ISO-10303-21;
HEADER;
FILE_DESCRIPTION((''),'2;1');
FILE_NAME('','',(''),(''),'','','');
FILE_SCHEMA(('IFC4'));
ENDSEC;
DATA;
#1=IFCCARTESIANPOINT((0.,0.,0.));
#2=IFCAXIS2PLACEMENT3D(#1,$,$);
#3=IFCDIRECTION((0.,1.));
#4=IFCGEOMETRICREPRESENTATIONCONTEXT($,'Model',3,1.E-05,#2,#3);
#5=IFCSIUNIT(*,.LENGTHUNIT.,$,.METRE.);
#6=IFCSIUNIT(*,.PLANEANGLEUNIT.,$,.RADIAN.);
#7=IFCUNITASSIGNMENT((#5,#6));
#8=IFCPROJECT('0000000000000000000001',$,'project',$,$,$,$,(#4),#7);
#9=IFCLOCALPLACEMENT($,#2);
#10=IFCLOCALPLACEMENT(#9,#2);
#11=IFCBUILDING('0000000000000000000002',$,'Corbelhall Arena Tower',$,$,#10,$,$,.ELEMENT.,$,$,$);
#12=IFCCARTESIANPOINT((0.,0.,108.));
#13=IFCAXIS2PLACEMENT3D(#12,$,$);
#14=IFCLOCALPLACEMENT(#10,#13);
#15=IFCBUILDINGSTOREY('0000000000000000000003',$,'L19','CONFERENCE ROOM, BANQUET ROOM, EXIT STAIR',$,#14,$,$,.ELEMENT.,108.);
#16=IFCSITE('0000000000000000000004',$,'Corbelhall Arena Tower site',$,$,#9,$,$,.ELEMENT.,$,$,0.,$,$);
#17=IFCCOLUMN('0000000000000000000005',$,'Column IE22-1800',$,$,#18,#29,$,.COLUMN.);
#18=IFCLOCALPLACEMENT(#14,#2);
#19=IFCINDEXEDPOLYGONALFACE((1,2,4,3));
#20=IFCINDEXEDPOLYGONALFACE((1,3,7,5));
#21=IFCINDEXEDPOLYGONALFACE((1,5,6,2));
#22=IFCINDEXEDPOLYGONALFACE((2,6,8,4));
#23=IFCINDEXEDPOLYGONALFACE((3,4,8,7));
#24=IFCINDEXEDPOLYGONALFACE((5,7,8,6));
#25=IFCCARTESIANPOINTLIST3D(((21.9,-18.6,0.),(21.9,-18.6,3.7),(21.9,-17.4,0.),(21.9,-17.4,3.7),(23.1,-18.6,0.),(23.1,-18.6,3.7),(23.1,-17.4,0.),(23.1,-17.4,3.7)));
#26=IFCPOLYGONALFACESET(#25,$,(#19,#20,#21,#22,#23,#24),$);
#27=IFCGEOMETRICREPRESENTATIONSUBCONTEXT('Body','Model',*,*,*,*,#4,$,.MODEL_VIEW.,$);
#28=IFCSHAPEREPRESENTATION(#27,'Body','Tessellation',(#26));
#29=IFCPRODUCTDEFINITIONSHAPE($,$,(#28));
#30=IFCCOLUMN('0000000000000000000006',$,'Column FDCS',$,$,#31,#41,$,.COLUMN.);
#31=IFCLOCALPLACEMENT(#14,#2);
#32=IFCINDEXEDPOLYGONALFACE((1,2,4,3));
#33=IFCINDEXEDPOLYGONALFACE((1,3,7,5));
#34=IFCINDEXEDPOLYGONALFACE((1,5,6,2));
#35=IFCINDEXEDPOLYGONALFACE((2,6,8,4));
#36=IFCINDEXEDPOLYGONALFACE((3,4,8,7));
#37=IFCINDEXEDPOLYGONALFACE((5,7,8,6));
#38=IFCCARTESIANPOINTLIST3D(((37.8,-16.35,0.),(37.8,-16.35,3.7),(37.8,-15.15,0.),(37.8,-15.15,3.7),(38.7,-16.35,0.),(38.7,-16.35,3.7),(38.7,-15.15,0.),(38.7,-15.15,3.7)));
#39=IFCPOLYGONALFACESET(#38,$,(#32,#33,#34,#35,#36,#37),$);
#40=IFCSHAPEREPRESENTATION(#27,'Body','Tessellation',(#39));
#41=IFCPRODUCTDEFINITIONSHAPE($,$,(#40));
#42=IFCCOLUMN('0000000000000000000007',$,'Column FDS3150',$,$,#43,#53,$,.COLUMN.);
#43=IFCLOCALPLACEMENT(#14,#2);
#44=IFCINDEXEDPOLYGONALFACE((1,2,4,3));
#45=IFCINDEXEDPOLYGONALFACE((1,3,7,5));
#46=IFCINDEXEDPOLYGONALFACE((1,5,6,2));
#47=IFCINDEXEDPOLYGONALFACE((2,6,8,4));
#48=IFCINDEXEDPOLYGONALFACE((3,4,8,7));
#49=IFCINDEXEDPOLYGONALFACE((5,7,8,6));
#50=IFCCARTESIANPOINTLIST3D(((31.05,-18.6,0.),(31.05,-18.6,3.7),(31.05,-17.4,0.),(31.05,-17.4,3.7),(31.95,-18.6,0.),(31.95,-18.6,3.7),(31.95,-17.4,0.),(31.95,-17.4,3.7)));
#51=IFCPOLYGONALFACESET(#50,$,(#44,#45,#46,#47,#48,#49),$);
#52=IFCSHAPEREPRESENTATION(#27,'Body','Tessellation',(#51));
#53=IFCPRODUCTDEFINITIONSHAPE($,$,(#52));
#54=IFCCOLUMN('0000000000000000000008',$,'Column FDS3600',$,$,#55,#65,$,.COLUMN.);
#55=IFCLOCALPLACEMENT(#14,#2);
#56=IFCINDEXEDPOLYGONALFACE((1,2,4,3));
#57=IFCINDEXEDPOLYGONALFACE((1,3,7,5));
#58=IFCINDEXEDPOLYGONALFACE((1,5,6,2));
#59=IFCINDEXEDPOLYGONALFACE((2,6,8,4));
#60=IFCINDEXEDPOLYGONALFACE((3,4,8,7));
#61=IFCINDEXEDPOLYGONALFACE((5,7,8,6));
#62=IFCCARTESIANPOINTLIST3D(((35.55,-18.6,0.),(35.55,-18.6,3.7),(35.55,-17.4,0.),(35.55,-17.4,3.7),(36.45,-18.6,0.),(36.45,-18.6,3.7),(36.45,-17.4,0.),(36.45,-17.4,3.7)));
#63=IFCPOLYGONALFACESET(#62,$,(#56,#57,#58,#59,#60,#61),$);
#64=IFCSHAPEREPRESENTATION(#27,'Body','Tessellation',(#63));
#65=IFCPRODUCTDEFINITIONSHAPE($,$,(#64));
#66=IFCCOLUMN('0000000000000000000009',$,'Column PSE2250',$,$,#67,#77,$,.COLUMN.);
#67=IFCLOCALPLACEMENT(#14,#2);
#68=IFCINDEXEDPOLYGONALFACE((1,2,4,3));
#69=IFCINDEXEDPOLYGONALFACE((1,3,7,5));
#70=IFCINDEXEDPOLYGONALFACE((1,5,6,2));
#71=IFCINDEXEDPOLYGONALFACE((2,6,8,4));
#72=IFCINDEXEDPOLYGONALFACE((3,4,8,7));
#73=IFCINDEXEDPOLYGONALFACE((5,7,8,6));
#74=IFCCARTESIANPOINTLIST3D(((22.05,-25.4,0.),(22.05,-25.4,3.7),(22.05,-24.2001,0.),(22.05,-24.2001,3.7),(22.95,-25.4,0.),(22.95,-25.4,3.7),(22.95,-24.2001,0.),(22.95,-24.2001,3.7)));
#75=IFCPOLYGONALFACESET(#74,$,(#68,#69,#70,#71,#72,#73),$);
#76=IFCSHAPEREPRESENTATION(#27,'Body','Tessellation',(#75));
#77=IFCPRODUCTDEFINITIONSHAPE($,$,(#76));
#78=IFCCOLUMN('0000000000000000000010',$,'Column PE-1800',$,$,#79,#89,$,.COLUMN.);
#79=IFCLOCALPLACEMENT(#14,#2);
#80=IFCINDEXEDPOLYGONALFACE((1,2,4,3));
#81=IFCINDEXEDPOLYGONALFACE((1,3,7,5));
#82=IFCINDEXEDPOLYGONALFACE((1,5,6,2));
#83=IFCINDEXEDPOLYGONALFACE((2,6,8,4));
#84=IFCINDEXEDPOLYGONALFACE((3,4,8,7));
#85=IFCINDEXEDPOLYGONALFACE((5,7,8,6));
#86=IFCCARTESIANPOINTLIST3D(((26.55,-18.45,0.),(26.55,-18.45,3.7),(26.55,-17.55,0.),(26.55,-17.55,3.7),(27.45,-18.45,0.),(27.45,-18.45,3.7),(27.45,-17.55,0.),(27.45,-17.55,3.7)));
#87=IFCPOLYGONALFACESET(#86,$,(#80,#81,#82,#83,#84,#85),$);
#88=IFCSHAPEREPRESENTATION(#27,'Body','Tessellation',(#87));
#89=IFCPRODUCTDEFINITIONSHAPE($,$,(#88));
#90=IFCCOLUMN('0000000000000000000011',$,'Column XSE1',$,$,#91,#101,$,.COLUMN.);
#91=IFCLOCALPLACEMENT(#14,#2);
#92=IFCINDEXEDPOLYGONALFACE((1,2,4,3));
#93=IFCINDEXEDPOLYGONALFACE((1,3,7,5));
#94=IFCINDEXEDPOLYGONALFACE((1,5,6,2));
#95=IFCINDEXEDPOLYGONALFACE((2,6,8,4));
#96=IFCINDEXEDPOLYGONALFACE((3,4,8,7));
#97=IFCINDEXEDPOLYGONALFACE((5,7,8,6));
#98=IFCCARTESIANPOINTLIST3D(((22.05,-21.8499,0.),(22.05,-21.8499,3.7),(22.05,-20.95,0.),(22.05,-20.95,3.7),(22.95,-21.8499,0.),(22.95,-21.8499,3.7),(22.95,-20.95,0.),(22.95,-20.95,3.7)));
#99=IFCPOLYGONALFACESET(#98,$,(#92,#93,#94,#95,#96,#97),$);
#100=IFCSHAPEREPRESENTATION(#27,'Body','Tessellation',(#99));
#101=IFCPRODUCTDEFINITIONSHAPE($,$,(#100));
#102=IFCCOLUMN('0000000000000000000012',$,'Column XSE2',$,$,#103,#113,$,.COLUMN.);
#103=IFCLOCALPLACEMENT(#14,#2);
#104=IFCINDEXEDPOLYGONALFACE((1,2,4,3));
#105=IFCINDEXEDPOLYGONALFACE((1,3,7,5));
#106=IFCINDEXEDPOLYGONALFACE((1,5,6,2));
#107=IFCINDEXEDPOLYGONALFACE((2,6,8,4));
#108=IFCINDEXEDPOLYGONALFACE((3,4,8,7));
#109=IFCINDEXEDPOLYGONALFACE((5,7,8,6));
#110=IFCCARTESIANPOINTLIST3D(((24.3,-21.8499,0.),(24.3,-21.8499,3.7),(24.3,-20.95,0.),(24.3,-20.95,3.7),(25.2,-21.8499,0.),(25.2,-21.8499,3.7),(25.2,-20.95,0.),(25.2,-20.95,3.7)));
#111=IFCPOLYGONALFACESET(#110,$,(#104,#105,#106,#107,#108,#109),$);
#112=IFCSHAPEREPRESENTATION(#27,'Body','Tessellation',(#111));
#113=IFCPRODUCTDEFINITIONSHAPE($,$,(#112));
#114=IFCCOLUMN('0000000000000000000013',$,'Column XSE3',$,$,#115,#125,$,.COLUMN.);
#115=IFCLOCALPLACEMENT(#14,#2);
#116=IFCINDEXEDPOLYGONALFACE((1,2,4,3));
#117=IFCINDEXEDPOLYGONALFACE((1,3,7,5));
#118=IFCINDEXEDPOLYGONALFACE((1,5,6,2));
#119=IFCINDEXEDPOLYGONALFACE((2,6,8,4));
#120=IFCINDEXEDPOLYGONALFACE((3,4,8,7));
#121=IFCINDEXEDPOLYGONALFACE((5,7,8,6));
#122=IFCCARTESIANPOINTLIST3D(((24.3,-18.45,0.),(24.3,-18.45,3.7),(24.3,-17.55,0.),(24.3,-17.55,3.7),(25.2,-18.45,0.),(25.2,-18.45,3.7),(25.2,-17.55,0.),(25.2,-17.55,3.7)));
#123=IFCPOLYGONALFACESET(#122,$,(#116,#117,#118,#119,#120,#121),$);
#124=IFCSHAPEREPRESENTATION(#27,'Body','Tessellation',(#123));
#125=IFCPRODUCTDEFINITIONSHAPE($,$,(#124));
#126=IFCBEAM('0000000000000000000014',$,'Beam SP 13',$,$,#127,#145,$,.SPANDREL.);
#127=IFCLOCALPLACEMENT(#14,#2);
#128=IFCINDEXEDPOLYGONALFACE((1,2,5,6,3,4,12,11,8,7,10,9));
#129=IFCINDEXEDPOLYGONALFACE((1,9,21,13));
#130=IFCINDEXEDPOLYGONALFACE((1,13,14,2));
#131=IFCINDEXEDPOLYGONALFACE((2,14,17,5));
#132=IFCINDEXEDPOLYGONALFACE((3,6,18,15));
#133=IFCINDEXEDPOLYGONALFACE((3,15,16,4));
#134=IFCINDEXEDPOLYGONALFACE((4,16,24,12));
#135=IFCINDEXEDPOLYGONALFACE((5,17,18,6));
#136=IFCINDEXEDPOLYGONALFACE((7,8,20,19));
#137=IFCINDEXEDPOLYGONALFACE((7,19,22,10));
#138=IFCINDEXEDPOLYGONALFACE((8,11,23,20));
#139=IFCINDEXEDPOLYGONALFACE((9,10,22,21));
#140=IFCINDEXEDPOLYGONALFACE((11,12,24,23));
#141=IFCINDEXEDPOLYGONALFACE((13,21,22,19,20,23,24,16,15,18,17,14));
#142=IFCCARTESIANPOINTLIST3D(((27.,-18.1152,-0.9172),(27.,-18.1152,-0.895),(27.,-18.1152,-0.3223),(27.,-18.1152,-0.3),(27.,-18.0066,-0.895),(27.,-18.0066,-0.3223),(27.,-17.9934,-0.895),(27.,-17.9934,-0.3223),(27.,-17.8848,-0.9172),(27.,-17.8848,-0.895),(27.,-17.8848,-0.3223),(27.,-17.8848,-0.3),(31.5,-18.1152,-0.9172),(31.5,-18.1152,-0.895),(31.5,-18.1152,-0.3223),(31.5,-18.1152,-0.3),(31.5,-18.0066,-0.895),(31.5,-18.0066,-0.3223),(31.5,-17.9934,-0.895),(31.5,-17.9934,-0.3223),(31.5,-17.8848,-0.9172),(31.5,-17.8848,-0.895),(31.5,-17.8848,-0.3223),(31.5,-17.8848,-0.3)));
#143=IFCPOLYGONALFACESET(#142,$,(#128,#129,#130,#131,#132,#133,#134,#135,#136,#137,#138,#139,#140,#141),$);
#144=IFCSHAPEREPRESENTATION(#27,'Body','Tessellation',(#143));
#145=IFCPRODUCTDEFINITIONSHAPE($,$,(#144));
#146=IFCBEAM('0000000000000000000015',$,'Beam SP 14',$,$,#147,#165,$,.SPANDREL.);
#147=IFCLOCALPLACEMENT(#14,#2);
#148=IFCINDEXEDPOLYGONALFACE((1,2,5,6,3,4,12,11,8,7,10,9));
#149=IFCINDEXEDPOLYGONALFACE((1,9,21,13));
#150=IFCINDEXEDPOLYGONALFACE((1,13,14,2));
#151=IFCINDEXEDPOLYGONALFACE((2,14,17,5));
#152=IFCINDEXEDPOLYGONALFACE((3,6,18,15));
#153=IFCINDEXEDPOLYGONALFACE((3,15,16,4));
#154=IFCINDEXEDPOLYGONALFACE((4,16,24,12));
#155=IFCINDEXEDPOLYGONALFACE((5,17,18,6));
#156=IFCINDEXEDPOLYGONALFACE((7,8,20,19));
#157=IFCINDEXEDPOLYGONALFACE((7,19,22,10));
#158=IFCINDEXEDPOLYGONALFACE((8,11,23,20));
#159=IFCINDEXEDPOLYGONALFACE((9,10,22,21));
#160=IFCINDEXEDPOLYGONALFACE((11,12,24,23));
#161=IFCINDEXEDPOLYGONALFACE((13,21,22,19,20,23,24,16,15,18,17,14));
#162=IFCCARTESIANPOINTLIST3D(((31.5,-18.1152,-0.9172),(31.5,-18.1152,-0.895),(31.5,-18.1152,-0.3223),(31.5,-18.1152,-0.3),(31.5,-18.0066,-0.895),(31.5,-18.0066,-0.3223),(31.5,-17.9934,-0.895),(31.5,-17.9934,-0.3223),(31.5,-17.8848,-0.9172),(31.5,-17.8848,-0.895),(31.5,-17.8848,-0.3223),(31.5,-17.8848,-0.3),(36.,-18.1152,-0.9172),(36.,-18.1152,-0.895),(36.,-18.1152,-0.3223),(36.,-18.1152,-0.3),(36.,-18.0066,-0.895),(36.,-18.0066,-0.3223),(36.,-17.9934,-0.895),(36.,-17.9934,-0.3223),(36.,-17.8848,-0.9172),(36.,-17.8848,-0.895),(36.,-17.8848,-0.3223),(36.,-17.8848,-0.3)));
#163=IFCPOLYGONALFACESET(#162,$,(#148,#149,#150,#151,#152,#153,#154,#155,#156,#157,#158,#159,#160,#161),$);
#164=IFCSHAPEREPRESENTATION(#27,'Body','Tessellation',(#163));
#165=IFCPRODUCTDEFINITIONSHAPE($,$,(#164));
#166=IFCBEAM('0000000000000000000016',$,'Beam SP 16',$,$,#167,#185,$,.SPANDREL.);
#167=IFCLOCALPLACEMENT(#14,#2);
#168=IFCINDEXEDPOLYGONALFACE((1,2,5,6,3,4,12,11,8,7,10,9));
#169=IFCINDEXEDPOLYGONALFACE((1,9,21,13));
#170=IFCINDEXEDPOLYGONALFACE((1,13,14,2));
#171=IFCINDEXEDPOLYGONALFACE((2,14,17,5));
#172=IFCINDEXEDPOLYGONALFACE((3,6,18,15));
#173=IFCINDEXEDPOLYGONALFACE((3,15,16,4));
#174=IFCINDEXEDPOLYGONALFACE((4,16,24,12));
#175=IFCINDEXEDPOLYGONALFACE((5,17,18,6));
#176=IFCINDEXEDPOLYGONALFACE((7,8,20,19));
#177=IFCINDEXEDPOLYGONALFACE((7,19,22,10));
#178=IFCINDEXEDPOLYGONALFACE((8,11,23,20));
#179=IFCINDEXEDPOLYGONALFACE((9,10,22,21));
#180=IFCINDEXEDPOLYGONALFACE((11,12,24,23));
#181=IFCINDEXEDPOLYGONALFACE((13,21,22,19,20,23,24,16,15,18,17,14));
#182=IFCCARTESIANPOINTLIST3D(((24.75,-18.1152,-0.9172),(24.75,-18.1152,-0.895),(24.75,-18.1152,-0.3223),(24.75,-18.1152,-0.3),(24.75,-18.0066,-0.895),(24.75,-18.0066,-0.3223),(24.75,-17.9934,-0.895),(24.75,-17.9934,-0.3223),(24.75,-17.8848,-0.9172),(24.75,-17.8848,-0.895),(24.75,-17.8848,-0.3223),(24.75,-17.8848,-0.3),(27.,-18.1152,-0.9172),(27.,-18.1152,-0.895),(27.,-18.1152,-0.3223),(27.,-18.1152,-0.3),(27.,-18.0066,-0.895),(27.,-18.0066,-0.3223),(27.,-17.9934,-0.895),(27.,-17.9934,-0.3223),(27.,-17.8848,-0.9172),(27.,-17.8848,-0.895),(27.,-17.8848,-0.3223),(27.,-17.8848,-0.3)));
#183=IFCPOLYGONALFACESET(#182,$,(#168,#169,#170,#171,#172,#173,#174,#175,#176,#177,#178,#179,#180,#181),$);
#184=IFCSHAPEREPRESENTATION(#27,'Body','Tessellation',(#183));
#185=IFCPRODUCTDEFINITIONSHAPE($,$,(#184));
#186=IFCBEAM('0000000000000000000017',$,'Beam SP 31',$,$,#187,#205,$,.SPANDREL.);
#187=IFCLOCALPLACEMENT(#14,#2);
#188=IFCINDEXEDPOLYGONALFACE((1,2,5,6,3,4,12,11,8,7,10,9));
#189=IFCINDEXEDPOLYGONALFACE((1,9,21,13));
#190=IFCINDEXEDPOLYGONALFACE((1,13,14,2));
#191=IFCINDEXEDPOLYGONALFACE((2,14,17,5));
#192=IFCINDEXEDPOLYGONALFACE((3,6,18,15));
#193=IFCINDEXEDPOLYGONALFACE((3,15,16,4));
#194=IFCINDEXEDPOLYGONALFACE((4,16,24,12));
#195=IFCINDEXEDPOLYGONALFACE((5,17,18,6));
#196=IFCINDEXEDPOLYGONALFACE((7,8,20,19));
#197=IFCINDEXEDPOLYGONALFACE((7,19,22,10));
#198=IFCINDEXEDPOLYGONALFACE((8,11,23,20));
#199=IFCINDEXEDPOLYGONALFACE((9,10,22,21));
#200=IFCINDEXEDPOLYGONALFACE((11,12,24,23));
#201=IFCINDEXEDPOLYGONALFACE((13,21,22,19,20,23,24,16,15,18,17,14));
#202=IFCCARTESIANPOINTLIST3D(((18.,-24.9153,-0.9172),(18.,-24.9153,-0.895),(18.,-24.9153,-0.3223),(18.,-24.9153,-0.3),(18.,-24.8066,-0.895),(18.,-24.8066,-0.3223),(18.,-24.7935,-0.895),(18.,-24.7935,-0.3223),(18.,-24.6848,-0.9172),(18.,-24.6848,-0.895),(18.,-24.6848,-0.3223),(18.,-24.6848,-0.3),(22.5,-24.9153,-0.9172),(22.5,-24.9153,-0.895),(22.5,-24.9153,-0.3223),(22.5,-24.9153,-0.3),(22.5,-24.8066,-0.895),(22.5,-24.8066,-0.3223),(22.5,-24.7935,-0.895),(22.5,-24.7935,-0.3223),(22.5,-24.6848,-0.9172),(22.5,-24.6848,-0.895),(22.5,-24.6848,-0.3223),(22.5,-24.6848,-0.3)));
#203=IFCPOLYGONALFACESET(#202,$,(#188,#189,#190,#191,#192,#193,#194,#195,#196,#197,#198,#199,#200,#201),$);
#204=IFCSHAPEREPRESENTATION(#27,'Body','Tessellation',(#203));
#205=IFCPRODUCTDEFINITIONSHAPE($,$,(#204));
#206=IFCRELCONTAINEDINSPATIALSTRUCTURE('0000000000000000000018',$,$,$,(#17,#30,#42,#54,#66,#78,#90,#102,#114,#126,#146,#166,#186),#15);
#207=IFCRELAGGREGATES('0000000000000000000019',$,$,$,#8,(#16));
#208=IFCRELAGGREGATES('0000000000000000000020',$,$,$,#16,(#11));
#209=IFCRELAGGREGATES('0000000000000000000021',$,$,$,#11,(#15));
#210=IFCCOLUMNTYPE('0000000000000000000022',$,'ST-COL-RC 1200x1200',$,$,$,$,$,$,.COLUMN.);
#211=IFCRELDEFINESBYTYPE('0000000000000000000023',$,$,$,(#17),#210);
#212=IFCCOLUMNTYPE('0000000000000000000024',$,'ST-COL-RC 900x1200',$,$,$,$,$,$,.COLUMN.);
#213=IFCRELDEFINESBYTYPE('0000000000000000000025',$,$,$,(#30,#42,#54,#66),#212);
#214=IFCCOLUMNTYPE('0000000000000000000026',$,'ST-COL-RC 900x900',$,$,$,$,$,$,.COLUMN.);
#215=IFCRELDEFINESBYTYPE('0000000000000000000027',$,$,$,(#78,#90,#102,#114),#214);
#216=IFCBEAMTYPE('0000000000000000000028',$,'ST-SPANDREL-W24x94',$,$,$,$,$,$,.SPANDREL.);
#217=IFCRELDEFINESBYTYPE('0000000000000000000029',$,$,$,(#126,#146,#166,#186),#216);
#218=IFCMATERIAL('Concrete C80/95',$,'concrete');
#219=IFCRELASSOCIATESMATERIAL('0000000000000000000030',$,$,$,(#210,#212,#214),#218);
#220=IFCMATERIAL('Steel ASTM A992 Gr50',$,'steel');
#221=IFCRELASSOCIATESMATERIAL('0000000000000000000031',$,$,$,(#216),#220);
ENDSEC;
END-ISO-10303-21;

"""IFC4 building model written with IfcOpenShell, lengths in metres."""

from ifc_helpers import new_model, si_unit, direction, frame, origin, origin_2d, place, context, subcontext, project, spatial, rectangle, i_section, extrude, material, material_profile, profile_set, type_object, element, save


model = new_model("IFC4")

# Units and contexts
model_context = context("Model", 3, precision=1e-05, world=origin(), true_north=direction((0.0, 1.0)))
body_context = subcontext(model_context, "Body", "Model", "MODEL_VIEW")
ifc_project = project(units=[si_unit("LENGTHUNIT", "METRE"), si_unit("PLANEANGLEUNIT", "RADIAN")], contexts=[model_context])

# Site, building, storey
site_placement = place(None, origin())
site = spatial("IfcSite", under=ifc_project, at=site_placement, Name="Corbelhall Arena Tower site", CompositionType="ELEMENT", RefElevation=0.0)
building_placement = place(site_placement, origin())
building = spatial("IfcBuilding", under=site, at=building_placement, Name="Corbelhall Arena Tower", CompositionType="ELEMENT")
storey_placement = place(building_placement, frame((0.0, 0.0, 108.0)))
storey = spatial("IfcBuildingStorey", under=building, at=storey_placement, Name="L19", Description="CONFERENCE ROOM, BANQUET ROOM, EXIT STAIR", CompositionType="ELEMENT", Elevation=108.0)

# Columns
ifc_material_1 = material(Name="Concrete C80/95", Category="concrete")
ifc_material_profile_1 = material_profile(ifc_material_1, rectangle(XDim=1.2, YDim=1.2, at=origin_2d()))
ifc_profile_set_1 = profile_set([ifc_material_profile_1], Name="Concrete C80/95")
column_type_1 = type_object("IfcColumnType", Name="ST-COL-RC 1200x1200", PredefinedType="COLUMN", material=ifc_profile_set_1)
column_placement = place(storey_placement, frame((22.5, -18.0, 0.0), z_axis=(0.0, 0.0, 1.0), x_axis=(1.0, 0.0, 0.0)))
element("IfcColumn", 1, at=column_placement, inside=storey, type_object=column_type_1, Name="Column IE22-1800", PredefinedType="COLUMN", context=body_context, shape_type="SweptSolid", body=[
    extrude(rectangle(XDim=1.2, YDim=1.2, at=origin_2d()), origin(), (0.0, 0.0, 1.0), 3.7),
])
ifc_material_profile_2 = material_profile(ifc_material_1, rectangle(XDim=0.8999, YDim=1.2, at=origin_2d()))
ifc_profile_set_2 = profile_set([ifc_material_profile_2], Name="Concrete C80/95")
column_type_2 = type_object("IfcColumnType", Name="ST-COL-RC 900x1200", PredefinedType="COLUMN", material=ifc_profile_set_2)
for number, where, z_axis, x_axis, name in (
    (2, (38.25, -15.75, 0.0), (0.0, 0.0, 1.0), (1.0, 0.0, 0.0), "Column FDCS"),
    (3, (31.5, -18.0, 0.0), (0.0, 0.0, 1.0), (1.0, 0.0, 0.0), "Column FDS3150"),
    (4, (36.0, -18.0, 0.0), (0.0, 0.0, 1.0), (1.0, 0.0, 0.0), "Column FDS3600"),
    (5, (22.5, -24.8, 0.0), (0.0, 0.0, 1.0), (1.0, 0.0, 0.0), "Column PSE2250"),
):
    element("IfcColumn", number, at=place(storey_placement, frame(where, z_axis=z_axis, x_axis=x_axis)), inside=storey, type_object=column_type_2, Name=name, PredefinedType="COLUMN", context=body_context, shape_type="SweptSolid", body=[
        extrude(rectangle(XDim=0.8999, YDim=1.2, at=origin_2d()), origin(), (0.0, 0.0, 1.0), 3.7),
    ])
ifc_material_profile_3 = material_profile(ifc_material_1, rectangle(XDim=0.8999, YDim=0.8999, at=origin_2d()))
ifc_profile_set_3 = profile_set([ifc_material_profile_3], Name="Concrete C80/95")
column_type_3 = type_object("IfcColumnType", Name="ST-COL-RC 900x900", PredefinedType="COLUMN", material=ifc_profile_set_3)
for number, where, z_axis, x_axis, name in (
    (6, (27.0, -18.0, 0.0), (0.0, 0.0, 1.0), (1.0, 0.0, 0.0), "Column PE-1800"),
    (7, (22.5, -21.3999, 0.0), (0.0, 0.0, 1.0), (1.0, 0.0, 0.0), "Column XSE1"),
    (8, (24.75, -21.3999, 0.0), (0.0, 0.0, 1.0), (1.0, 0.0, 0.0), "Column XSE2"),
    (9, (24.75, -18.0, 0.0), (0.0, 0.0, 1.0), (1.0, 0.0, 0.0), "Column XSE3"),
):
    element("IfcColumn", number, at=place(storey_placement, frame(where, z_axis=z_axis, x_axis=x_axis)), inside=storey, type_object=column_type_3, Name=name, PredefinedType="COLUMN", context=body_context, shape_type="SweptSolid", body=[
        extrude(rectangle(XDim=0.8999, YDim=0.8999, at=origin_2d()), origin(), (0.0, 0.0, 1.0), 3.7),
    ])

# Beams
ifc_material_2 = material(Name="Steel ASTM A992 Gr50", Category="steel")
ifc_material_profile_4 = material_profile(ifc_material_2, i_section(OverallWidth=0.2305, OverallDepth=0.6172, WebThickness=0.0132, FlangeThickness=0.0222, at=origin_2d()))
ifc_profile_set_4 = profile_set([ifc_material_profile_4], Name="Steel ASTM A992 Gr50")
beam_type = type_object("IfcBeamType", Name="ST-SPANDREL-W24x94", PredefinedType="SPANDREL", material=ifc_profile_set_4)
for number, where, z_axis, x_axis, name in (
    (10, (31.5, -18.0, -0.6086), (-1.0, 0.0, 0.0), (0.0, -1.0, 0.0), "Beam SP 13"),
    (11, (36.0, -18.0, -0.6086), (-1.0, 0.0, 0.0), (0.0, -1.0, 0.0), "Beam SP 14"),
):
    element("IfcBeam", number, at=place(storey_placement, frame(where, z_axis=z_axis, x_axis=x_axis)), inside=storey, type_object=beam_type, Name=name, PredefinedType="SPANDREL", context=body_context, shape_type="SweptSolid", body=[
        extrude(i_section(OverallWidth=0.2305, OverallDepth=0.6172, WebThickness=0.0132, FlangeThickness=0.0222, at=origin_2d()), origin(), (0.0, 0.0, 1.0), 4.5),
    ])
beam_1_placement = place(storey_placement, frame((27.0, -18.0, -0.6086), z_axis=(-1.0, 0.0, 0.0), x_axis=(0.0, -1.0, 0.0)))
element("IfcBeam", 12, at=beam_1_placement, inside=storey, type_object=beam_type, Name="Beam SP 16", PredefinedType="SPANDREL", context=body_context, shape_type="SweptSolid", body=[
    extrude(i_section(OverallWidth=0.2305, OverallDepth=0.6172, WebThickness=0.0132, FlangeThickness=0.0222, at=origin_2d()), origin(), (0.0, 0.0, 1.0), 2.25),
])
beam_2_placement = place(storey_placement, frame((22.5, -24.8, -0.6086), z_axis=(-1.0, 0.0, 0.0), x_axis=(0.0, -1.0, 0.0)))
element("IfcBeam", 13, at=beam_2_placement, inside=storey, type_object=beam_type, Name="Beam SP 31", PredefinedType="SPANDREL", context=body_context, shape_type="SweptSolid", body=[
    extrude(i_section(OverallWidth=0.2305, OverallDepth=0.6172, WebThickness=0.0132, FlangeThickness=0.0222, at=origin_2d()), origin(), (0.0, 0.0, 1.0), 4.5),
])

save(model, "model.ifc")
